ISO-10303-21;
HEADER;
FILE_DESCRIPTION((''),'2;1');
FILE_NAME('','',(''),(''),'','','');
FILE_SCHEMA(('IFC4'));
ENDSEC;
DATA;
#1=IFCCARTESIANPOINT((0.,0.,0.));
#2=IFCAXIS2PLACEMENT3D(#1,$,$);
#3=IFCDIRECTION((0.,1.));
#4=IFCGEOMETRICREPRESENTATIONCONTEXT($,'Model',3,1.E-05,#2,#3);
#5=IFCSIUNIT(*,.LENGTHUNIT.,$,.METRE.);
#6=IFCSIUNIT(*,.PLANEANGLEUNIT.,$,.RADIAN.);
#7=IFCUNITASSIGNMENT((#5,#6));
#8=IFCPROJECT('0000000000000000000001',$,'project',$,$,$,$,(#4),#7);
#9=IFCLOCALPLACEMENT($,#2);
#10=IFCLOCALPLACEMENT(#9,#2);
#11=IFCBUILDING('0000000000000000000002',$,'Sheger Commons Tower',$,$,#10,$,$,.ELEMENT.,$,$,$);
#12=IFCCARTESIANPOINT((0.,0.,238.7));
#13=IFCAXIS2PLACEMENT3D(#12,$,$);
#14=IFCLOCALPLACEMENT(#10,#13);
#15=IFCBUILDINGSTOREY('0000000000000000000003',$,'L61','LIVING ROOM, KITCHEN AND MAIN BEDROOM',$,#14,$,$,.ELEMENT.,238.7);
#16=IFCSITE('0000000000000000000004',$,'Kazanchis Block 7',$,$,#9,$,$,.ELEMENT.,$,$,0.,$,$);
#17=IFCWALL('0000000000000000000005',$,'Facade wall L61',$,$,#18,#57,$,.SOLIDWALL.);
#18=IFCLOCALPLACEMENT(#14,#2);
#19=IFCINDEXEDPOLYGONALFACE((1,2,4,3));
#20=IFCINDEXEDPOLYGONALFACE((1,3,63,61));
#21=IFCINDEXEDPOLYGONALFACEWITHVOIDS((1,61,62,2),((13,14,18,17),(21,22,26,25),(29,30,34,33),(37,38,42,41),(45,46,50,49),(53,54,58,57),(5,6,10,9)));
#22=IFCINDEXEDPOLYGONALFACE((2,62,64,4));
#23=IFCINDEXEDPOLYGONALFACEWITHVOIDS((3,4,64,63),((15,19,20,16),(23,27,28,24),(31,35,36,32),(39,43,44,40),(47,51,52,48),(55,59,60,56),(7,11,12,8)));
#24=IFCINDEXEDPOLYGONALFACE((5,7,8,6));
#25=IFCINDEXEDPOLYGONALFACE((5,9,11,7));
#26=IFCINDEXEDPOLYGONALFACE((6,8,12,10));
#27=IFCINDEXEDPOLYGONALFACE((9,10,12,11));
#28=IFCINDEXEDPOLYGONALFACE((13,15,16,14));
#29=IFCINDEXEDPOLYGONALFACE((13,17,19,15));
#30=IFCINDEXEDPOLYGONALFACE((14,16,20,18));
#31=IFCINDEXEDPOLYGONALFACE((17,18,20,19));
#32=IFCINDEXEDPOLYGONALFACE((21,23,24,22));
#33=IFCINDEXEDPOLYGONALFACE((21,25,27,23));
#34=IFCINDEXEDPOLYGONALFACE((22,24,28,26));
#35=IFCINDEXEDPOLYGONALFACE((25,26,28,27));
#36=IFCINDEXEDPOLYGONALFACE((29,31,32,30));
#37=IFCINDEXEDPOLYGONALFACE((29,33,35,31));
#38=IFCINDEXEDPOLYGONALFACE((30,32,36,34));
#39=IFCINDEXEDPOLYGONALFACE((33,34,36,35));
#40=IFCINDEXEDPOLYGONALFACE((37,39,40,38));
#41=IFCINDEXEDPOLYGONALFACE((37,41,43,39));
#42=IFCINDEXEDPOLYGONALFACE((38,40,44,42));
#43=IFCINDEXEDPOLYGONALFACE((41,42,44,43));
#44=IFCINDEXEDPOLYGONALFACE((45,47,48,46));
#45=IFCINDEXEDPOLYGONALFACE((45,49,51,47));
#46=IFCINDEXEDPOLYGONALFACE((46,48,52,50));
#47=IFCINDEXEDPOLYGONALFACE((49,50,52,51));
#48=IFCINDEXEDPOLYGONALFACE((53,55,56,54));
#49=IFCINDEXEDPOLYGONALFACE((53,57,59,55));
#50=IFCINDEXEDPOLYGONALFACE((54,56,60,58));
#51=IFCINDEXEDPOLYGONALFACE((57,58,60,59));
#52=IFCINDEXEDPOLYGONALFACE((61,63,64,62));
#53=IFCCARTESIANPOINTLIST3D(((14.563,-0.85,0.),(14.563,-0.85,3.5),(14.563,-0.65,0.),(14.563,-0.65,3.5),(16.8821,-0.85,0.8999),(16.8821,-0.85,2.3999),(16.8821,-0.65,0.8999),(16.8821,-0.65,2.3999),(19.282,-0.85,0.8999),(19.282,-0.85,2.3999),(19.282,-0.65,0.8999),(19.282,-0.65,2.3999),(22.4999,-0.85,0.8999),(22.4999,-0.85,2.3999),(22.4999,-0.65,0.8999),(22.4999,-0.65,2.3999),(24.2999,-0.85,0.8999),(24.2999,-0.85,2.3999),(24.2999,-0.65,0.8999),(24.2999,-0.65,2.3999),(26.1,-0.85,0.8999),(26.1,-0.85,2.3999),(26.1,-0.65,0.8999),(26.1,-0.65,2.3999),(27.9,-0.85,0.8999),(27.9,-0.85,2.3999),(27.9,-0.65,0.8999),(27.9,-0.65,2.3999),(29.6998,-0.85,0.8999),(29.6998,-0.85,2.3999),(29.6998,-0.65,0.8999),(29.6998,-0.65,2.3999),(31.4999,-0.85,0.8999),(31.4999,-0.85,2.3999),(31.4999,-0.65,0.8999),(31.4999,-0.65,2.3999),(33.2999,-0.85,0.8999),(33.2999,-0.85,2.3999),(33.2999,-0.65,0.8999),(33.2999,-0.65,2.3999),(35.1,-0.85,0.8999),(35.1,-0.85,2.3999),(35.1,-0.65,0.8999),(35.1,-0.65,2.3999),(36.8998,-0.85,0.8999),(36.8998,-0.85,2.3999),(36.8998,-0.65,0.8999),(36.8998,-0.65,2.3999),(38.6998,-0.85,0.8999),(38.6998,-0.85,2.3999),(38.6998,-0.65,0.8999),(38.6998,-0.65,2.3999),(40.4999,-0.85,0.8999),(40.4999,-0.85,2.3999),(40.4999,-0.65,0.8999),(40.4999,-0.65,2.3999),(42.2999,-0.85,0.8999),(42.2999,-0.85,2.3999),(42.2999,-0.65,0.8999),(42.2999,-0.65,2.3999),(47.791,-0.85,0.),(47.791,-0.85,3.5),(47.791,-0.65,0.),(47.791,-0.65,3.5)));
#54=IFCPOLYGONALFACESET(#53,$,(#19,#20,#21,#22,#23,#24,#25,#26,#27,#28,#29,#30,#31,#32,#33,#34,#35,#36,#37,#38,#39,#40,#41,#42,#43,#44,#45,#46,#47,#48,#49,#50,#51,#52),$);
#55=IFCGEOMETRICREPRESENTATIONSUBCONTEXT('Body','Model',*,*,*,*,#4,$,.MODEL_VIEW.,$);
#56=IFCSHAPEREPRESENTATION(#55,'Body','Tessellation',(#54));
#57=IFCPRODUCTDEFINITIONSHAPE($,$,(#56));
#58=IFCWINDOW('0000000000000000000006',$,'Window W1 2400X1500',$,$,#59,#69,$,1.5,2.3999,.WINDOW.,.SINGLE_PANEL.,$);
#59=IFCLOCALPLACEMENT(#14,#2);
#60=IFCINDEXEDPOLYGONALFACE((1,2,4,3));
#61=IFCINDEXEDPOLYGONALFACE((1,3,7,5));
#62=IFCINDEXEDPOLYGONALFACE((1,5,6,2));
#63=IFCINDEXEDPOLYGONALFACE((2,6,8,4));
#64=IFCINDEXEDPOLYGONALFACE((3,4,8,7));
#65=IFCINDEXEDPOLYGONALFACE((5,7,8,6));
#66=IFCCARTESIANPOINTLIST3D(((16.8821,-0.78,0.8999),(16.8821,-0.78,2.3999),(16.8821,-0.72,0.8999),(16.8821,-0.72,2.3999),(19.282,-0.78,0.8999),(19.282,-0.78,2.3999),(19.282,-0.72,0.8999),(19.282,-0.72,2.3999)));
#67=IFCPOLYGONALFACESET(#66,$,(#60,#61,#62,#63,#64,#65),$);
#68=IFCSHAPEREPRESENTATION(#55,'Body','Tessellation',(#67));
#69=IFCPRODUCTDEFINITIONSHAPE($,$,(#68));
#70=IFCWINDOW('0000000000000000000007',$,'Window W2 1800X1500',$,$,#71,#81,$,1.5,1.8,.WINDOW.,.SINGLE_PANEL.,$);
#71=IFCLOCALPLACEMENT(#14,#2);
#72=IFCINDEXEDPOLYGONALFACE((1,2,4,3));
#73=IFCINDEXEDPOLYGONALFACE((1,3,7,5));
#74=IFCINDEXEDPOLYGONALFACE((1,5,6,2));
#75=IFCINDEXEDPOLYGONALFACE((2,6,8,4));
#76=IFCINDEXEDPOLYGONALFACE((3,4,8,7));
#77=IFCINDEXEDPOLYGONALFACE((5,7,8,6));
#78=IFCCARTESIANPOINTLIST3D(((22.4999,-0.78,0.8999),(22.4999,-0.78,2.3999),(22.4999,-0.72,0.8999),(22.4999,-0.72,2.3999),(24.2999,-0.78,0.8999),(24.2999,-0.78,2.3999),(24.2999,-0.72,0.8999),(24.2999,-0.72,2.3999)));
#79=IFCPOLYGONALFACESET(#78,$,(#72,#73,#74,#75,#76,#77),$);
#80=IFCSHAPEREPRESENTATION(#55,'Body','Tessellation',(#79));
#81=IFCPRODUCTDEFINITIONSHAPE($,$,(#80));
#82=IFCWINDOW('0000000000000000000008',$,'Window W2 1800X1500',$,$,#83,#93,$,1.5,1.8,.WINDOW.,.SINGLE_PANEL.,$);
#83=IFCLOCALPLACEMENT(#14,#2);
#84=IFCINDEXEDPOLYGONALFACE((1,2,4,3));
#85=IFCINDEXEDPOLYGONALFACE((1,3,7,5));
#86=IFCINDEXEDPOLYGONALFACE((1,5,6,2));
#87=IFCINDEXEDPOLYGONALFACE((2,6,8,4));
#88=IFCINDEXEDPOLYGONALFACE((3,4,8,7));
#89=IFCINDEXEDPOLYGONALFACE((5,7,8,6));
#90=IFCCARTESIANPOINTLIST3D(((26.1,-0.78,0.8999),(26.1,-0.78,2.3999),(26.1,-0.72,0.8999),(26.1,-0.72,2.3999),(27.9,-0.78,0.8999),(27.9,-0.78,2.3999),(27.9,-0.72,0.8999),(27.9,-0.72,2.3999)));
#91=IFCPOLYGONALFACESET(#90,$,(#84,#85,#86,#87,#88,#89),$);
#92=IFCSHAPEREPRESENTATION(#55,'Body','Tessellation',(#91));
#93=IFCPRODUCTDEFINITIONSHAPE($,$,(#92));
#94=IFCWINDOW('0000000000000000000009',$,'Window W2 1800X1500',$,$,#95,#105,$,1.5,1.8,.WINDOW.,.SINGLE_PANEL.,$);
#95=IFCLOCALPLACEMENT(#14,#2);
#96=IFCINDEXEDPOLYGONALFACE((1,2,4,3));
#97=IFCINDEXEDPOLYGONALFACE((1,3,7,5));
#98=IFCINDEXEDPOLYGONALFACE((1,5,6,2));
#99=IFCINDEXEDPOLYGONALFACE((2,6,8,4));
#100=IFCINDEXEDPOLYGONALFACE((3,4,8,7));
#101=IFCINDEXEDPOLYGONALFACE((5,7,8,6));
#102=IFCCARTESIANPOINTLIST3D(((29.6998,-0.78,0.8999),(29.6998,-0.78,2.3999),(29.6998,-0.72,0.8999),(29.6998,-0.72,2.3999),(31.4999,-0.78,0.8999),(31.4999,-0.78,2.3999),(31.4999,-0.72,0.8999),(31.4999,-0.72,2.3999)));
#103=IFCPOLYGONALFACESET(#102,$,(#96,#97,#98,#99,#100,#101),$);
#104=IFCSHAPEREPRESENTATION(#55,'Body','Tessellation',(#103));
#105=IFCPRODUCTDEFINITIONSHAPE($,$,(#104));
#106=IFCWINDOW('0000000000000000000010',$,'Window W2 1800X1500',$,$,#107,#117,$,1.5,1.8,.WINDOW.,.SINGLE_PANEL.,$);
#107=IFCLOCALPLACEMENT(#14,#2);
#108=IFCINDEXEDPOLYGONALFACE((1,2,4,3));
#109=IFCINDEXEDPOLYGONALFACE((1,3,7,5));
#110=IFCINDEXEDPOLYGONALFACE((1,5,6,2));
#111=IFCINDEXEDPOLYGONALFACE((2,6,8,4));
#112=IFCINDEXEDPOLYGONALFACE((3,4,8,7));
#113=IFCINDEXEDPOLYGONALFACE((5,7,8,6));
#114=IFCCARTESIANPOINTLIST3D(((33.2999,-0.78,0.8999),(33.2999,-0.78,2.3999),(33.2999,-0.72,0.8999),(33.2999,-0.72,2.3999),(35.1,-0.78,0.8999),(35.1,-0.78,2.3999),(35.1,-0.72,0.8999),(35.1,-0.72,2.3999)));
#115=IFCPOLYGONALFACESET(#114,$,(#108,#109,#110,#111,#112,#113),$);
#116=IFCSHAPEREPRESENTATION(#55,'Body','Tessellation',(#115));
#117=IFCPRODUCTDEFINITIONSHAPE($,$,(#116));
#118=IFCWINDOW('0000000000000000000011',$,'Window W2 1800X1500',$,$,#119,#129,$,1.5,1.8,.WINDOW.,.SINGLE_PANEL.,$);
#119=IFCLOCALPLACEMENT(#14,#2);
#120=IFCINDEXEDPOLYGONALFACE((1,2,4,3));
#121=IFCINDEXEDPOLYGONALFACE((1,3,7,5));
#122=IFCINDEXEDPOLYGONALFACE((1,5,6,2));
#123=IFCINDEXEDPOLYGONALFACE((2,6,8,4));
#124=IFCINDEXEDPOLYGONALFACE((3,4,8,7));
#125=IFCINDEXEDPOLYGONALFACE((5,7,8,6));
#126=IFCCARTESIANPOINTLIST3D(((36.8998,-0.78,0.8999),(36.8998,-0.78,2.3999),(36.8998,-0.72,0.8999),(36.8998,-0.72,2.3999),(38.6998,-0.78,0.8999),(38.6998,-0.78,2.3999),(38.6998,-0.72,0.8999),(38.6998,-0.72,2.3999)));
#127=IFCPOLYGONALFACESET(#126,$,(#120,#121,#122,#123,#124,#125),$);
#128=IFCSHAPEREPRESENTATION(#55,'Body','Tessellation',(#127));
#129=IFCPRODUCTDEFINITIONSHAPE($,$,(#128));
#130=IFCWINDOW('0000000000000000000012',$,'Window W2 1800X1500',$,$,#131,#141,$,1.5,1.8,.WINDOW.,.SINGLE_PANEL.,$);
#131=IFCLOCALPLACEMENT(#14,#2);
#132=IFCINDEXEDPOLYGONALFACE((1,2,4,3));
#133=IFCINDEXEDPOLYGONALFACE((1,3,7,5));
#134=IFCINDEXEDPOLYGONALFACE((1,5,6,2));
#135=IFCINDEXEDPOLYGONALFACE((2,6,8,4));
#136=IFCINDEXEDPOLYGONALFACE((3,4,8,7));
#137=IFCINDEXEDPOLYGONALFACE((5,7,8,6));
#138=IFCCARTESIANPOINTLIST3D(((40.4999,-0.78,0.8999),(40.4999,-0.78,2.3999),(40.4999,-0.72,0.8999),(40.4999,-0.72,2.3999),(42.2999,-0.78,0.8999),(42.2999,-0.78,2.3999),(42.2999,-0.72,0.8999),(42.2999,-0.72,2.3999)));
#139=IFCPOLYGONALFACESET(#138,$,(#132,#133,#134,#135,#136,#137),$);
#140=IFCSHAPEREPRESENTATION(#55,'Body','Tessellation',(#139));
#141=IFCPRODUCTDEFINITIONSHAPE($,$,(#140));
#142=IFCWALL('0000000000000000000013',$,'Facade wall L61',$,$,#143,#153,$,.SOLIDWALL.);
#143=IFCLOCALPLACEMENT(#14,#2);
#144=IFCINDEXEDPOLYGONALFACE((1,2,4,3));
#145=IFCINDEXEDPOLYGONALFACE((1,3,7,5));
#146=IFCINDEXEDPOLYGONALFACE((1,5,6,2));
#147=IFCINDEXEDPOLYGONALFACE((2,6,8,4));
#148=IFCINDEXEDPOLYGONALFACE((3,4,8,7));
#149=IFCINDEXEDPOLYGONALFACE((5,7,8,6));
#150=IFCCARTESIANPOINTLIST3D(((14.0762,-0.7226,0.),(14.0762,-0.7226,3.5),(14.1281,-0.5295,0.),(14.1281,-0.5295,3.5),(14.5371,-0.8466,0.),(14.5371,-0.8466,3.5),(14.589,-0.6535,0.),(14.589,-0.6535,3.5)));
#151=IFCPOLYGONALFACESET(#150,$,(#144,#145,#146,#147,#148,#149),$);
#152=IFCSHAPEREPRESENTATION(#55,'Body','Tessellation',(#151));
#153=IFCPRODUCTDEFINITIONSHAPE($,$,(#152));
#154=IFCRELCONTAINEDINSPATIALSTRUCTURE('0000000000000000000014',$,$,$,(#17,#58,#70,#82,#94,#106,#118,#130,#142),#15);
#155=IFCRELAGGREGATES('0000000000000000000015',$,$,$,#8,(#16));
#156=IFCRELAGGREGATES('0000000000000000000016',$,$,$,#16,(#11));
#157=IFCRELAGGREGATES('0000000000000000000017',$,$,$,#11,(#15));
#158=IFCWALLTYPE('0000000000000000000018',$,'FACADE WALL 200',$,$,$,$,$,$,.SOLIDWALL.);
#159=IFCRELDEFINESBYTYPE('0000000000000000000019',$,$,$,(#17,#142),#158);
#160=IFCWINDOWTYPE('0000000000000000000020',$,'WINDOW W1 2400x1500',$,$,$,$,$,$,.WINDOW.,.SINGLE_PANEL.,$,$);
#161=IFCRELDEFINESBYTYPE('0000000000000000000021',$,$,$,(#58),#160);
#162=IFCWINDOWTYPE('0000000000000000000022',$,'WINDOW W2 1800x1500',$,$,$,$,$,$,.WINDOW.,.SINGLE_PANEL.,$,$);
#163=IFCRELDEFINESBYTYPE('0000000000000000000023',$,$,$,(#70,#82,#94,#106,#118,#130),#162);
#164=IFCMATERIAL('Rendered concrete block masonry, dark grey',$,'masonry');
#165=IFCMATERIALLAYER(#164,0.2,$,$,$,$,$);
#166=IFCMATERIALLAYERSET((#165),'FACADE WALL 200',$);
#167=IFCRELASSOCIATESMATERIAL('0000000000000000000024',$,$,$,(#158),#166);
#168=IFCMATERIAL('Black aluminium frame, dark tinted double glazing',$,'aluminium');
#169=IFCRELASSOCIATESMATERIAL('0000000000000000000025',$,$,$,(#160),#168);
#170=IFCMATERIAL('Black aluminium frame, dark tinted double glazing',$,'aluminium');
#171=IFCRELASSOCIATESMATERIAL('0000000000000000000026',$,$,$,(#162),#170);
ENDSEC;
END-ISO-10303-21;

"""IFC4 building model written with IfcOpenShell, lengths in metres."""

from ifc_helpers import new_model, si_unit, direction, frame, frame_2d, origin, place, context, subcontext, project, spatial, rectangle, extrude, material, layer, layer_set, type_object, element, fill, save


model = new_model("IFC4")

# Units and contexts
model_context = context("Model", 3, precision=1e-05, world=origin(), true_north=direction((0.0, 1.0)))
body_context = subcontext(model_context, "Body", "Model", "MODEL_VIEW")
ifc_project = project(units=[si_unit("LENGTHUNIT", "METRE"), si_unit("PLANEANGLEUNIT", "RADIAN")], contexts=[model_context])

# Site, building, storey
site_placement = place(None, origin())
site = spatial("IfcSite", under=ifc_project, at=site_placement, Name="Kazanchis Block 7", CompositionType="ELEMENT", RefElevation=0.0)
building_placement = place(site_placement, origin())
building = spatial("IfcBuilding", under=site, at=building_placement, Name="Sheger Commons Tower", CompositionType="ELEMENT")
storey_placement = place(building_placement, frame((0.0, 0.0, 238.7)))
storey = spatial("IfcBuildingStorey", under=building, at=storey_placement, Name="L61", Description="LIVING ROOM, KITCHEN AND MAIN BEDROOM", CompositionType="ELEMENT", Elevation=238.7)

# Wall, openings, windows
ifc_material_1 = material(Name="Rendered concrete block masonry, dark grey", Category="masonry")
ifc_layer_1 = layer(ifc_material_1, 0.2)
ifc_layer_set_1 = layer_set([ifc_layer_1], Name="FACADE WALL 200")
wall_type_1 = type_object("IfcWallType", Name="FACADE WALL 200", PredefinedType="SOLIDWALL", material=ifc_layer_set_1)
wall_1_placement = place(storey_placement, frame((14.563, -0.75, 0.0), z_axis=(0.0, 0.0, 1.0), x_axis=(1.0, 0.0, 0.0)))
wall_1 = element("IfcWall", 1, at=wall_1_placement, inside=storey, type_object=wall_type_1, Name="Facade wall L61", PredefinedType="SOLIDWALL", context=body_context, shape_type="SweptSolid", body=[
    extrude(rectangle(XDim=33.228, YDim=0.2, at=frame_2d((16.614, 0.0))), origin(), (0.0, 0.0, 1.0), 3.5),
])
opening_1_placement = place(wall_1_placement, frame((2.3191, 0.0, 0.8999)))
opening_1 = element("IfcOpeningElement", 2, at=opening_1_placement, cuts=wall_1, PredefinedType="OPENING", context=body_context, shape_type="SweptSolid", body=[
    extrude(rectangle(XDim=2.3999, YDim=1.5, at=frame_2d((1.2, 0.75))), frame((0.0, 0.1099, 0.0), z_axis=(0.0, -1.0, 0.0), x_axis=(1.0, 0.0, 0.0)), (0.0, 0.0, 1.0), 0.22),
])
opening_2_placement = place(wall_1_placement, frame((7.937, 0.0, 0.8999)))
opening_2 = element("IfcOpeningElement", 3, at=opening_2_placement, cuts=wall_1, PredefinedType="OPENING", context=body_context, shape_type="SweptSolid", body=[
    extrude(rectangle(XDim=1.8, YDim=1.5, at=frame_2d((0.8999, 0.75))), frame((0.0, 0.1099, 0.0), z_axis=(0.0, -1.0, 0.0), x_axis=(1.0, 0.0, 0.0)), (0.0, 0.0, 1.0), 0.22),
])
opening_3_placement = place(wall_1_placement, frame((11.5371, 0.0, 0.8999)))
opening_3 = element("IfcOpeningElement", 4, at=opening_3_placement, cuts=wall_1, PredefinedType="OPENING", context=body_context, shape_type="SweptSolid", body=[
    extrude(rectangle(XDim=1.8, YDim=1.5, at=frame_2d((0.8999, 0.75))), frame((0.0, 0.1099, 0.0), z_axis=(0.0, -1.0, 0.0), x_axis=(1.0, 0.0, 0.0)), (0.0, 0.0, 1.0), 0.22),
])
opening_4_placement = place(wall_1_placement, frame((15.137, 0.0, 0.8999)))
opening_4 = element("IfcOpeningElement", 5, at=opening_4_placement, cuts=wall_1, PredefinedType="OPENING", context=body_context, shape_type="SweptSolid", body=[
    extrude(rectangle(XDim=1.8, YDim=1.5, at=frame_2d((0.8999, 0.75))), frame((0.0, 0.1099, 0.0), z_axis=(0.0, -1.0, 0.0), x_axis=(1.0, 0.0, 0.0)), (0.0, 0.0, 1.0), 0.22),
])
opening_5_placement = place(wall_1_placement, frame((18.7371, 0.0, 0.8999)))
opening_5 = element("IfcOpeningElement", 6, at=opening_5_placement, cuts=wall_1, PredefinedType="OPENING", context=body_context, shape_type="SweptSolid", body=[
    extrude(rectangle(XDim=1.8, YDim=1.5, at=frame_2d((0.8999, 0.75))), frame((0.0, 0.1099, 0.0), z_axis=(0.0, -1.0, 0.0), x_axis=(1.0, 0.0, 0.0)), (0.0, 0.0, 1.0), 0.22),
])
opening_6_placement = place(wall_1_placement, frame((22.3369, 0.0, 0.8999)))
opening_6 = element("IfcOpeningElement", 7, at=opening_6_placement, cuts=wall_1, PredefinedType="OPENING", context=body_context, shape_type="SweptSolid", body=[
    extrude(rectangle(XDim=1.8, YDim=1.5, at=frame_2d((0.8999, 0.75))), frame((0.0, 0.1099, 0.0), z_axis=(0.0, -1.0, 0.0), x_axis=(1.0, 0.0, 0.0)), (0.0, 0.0, 1.0), 0.22),
])
opening_7_placement = place(wall_1_placement, frame((25.937, 0.0, 0.8999)))
opening_7 = element("IfcOpeningElement", 8, at=opening_7_placement, cuts=wall_1, PredefinedType="OPENING", context=body_context, shape_type="SweptSolid", body=[
    extrude(rectangle(XDim=1.8, YDim=1.5, at=frame_2d((0.8999, 0.75))), frame((0.0, 0.1099, 0.0), z_axis=(0.0, -1.0, 0.0), x_axis=(1.0, 0.0, 0.0)), (0.0, 0.0, 1.0), 0.22),
])
ifc_material_2 = material(Name="Black aluminium frame, dark tinted double glazing", Category="aluminium")
window_type_1 = type_object("IfcWindowType", Name="WINDOW W1 2400x1500", PartitioningType="SINGLE_PANEL", PredefinedType="WINDOW", material=ifc_material_2)
window_1_placement = place(opening_1_placement, origin())
window_1 = element("IfcWindow", 9, at=window_1_placement, inside=storey, type_object=window_type_1, Name="Window W1 2400X1500", OverallHeight=1.5, OverallWidth=2.3999, PartitioningType="SINGLE_PANEL", PredefinedType="WINDOW", context=body_context, shape_type="SweptSolid", body=[
    extrude(rectangle(XDim=2.3999, YDim=1.5, at=frame_2d((1.2, 0.75))), frame((0.0, 0.03, 0.0), z_axis=(0.0, -1.0, 0.0), x_axis=(1.0, 0.0, 0.0)), (0.0, 0.0, 1.0), 0.0601),
])
fill(opening_1, window_1)
ifc_material_3 = material(Name="Black aluminium frame, dark tinted double glazing", Category="aluminium")
window_type_2 = type_object("IfcWindowType", Name="WINDOW W2 1800x1500", PartitioningType="SINGLE_PANEL", PredefinedType="WINDOW", material=ifc_material_3)
window_2_placement = place(opening_2_placement, origin())
window_2 = element("IfcWindow", 10, at=window_2_placement, inside=storey, type_object=window_type_2, Name="Window W2 1800X1500", OverallHeight=1.5, OverallWidth=1.8, PartitioningType="SINGLE_PANEL", PredefinedType="WINDOW", context=body_context, shape_type="SweptSolid", body=[
    extrude(rectangle(XDim=1.8, YDim=1.5, at=frame_2d((0.8999, 0.75))), frame((0.0, 0.03, 0.0), z_axis=(0.0, -1.0, 0.0), x_axis=(1.0, 0.0, 0.0)), (0.0, 0.0, 1.0), 0.0601),
])
fill(opening_2, window_2)
window_3_placement = place(opening_3_placement, origin())
window_3 = element("IfcWindow", 11, at=window_3_placement, inside=storey, type_object=window_type_2, Name="Window W2 1800X1500", OverallHeight=1.5, OverallWidth=1.8, PartitioningType="SINGLE_PANEL", PredefinedType="WINDOW", context=body_context, shape_type="SweptSolid", body=[
    extrude(rectangle(XDim=1.8, YDim=1.5, at=frame_2d((0.8999, 0.75))), frame((0.0, 0.03, 0.0), z_axis=(0.0, -1.0, 0.0), x_axis=(1.0, 0.0, 0.0)), (0.0, 0.0, 1.0), 0.0601),
])
fill(opening_3, window_3)
window_4_placement = place(opening_4_placement, origin())
window_4 = element("IfcWindow", 12, at=window_4_placement, inside=storey, type_object=window_type_2, Name="Window W2 1800X1500", OverallHeight=1.5, OverallWidth=1.8, PartitioningType="SINGLE_PANEL", PredefinedType="WINDOW", context=body_context, shape_type="SweptSolid", body=[
    extrude(rectangle(XDim=1.8, YDim=1.5, at=frame_2d((0.8999, 0.75))), frame((0.0, 0.03, 0.0), z_axis=(0.0, -1.0, 0.0), x_axis=(1.0, 0.0, 0.0)), (0.0, 0.0, 1.0), 0.0601),
])
fill(opening_4, window_4)
window_5_placement = place(opening_5_placement, origin())
window_5 = element("IfcWindow", 13, at=window_5_placement, inside=storey, type_object=window_type_2, Name="Window W2 1800X1500", OverallHeight=1.5, OverallWidth=1.8, PartitioningType="SINGLE_PANEL", PredefinedType="WINDOW", context=body_context, shape_type="SweptSolid", body=[
    extrude(rectangle(XDim=1.8, YDim=1.5, at=frame_2d((0.8999, 0.75))), frame((0.0, 0.03, 0.0), z_axis=(0.0, -1.0, 0.0), x_axis=(1.0, 0.0, 0.0)), (0.0, 0.0, 1.0), 0.0601),
])
fill(opening_5, window_5)
window_6_placement = place(opening_6_placement, origin())
window_6 = element("IfcWindow", 14, at=window_6_placement, inside=storey, type_object=window_type_2, Name="Window W2 1800X1500", OverallHeight=1.5, OverallWidth=1.8, PartitioningType="SINGLE_PANEL", PredefinedType="WINDOW", context=body_context, shape_type="SweptSolid", body=[
    extrude(rectangle(XDim=1.8, YDim=1.5, at=frame_2d((0.8999, 0.75))), frame((0.0, 0.03, 0.0), z_axis=(0.0, -1.0, 0.0), x_axis=(1.0, 0.0, 0.0)), (0.0, 0.0, 1.0), 0.0601),
])
fill(opening_6, window_6)
window_7_placement = place(opening_7_placement, origin())
window_7 = element("IfcWindow", 15, at=window_7_placement, inside=storey, type_object=window_type_2, Name="Window W2 1800X1500", OverallHeight=1.5, OverallWidth=1.8, PartitioningType="SINGLE_PANEL", PredefinedType="WINDOW", context=body_context, shape_type="SweptSolid", body=[
    extrude(rectangle(XDim=1.8, YDim=1.5, at=frame_2d((0.8999, 0.75))), frame((0.0, 0.03, 0.0), z_axis=(0.0, -1.0, 0.0), x_axis=(1.0, 0.0, 0.0)), (0.0, 0.0, 1.0), 0.0601),
])
fill(opening_7, window_7)

# Wall
wall_2_placement = place(storey_placement, frame((14.1021, -0.626, 0.0), z_axis=(0.0, 0.0, 1.0), x_axis=(0.965655, -0.259827, 0.0)))
element("IfcWall", 16, at=wall_2_placement, inside=storey, type_object=wall_type_1, Name="Facade wall L61", PredefinedType="SOLIDWALL", context=body_context, shape_type="SweptSolid", body=[
    extrude(rectangle(XDim=0.4773, YDim=0.2, at=frame_2d((0.2388, 0.0))), origin(), (0.0, 0.0, 1.0), 3.5),
])

save(model, "model.ifc")
